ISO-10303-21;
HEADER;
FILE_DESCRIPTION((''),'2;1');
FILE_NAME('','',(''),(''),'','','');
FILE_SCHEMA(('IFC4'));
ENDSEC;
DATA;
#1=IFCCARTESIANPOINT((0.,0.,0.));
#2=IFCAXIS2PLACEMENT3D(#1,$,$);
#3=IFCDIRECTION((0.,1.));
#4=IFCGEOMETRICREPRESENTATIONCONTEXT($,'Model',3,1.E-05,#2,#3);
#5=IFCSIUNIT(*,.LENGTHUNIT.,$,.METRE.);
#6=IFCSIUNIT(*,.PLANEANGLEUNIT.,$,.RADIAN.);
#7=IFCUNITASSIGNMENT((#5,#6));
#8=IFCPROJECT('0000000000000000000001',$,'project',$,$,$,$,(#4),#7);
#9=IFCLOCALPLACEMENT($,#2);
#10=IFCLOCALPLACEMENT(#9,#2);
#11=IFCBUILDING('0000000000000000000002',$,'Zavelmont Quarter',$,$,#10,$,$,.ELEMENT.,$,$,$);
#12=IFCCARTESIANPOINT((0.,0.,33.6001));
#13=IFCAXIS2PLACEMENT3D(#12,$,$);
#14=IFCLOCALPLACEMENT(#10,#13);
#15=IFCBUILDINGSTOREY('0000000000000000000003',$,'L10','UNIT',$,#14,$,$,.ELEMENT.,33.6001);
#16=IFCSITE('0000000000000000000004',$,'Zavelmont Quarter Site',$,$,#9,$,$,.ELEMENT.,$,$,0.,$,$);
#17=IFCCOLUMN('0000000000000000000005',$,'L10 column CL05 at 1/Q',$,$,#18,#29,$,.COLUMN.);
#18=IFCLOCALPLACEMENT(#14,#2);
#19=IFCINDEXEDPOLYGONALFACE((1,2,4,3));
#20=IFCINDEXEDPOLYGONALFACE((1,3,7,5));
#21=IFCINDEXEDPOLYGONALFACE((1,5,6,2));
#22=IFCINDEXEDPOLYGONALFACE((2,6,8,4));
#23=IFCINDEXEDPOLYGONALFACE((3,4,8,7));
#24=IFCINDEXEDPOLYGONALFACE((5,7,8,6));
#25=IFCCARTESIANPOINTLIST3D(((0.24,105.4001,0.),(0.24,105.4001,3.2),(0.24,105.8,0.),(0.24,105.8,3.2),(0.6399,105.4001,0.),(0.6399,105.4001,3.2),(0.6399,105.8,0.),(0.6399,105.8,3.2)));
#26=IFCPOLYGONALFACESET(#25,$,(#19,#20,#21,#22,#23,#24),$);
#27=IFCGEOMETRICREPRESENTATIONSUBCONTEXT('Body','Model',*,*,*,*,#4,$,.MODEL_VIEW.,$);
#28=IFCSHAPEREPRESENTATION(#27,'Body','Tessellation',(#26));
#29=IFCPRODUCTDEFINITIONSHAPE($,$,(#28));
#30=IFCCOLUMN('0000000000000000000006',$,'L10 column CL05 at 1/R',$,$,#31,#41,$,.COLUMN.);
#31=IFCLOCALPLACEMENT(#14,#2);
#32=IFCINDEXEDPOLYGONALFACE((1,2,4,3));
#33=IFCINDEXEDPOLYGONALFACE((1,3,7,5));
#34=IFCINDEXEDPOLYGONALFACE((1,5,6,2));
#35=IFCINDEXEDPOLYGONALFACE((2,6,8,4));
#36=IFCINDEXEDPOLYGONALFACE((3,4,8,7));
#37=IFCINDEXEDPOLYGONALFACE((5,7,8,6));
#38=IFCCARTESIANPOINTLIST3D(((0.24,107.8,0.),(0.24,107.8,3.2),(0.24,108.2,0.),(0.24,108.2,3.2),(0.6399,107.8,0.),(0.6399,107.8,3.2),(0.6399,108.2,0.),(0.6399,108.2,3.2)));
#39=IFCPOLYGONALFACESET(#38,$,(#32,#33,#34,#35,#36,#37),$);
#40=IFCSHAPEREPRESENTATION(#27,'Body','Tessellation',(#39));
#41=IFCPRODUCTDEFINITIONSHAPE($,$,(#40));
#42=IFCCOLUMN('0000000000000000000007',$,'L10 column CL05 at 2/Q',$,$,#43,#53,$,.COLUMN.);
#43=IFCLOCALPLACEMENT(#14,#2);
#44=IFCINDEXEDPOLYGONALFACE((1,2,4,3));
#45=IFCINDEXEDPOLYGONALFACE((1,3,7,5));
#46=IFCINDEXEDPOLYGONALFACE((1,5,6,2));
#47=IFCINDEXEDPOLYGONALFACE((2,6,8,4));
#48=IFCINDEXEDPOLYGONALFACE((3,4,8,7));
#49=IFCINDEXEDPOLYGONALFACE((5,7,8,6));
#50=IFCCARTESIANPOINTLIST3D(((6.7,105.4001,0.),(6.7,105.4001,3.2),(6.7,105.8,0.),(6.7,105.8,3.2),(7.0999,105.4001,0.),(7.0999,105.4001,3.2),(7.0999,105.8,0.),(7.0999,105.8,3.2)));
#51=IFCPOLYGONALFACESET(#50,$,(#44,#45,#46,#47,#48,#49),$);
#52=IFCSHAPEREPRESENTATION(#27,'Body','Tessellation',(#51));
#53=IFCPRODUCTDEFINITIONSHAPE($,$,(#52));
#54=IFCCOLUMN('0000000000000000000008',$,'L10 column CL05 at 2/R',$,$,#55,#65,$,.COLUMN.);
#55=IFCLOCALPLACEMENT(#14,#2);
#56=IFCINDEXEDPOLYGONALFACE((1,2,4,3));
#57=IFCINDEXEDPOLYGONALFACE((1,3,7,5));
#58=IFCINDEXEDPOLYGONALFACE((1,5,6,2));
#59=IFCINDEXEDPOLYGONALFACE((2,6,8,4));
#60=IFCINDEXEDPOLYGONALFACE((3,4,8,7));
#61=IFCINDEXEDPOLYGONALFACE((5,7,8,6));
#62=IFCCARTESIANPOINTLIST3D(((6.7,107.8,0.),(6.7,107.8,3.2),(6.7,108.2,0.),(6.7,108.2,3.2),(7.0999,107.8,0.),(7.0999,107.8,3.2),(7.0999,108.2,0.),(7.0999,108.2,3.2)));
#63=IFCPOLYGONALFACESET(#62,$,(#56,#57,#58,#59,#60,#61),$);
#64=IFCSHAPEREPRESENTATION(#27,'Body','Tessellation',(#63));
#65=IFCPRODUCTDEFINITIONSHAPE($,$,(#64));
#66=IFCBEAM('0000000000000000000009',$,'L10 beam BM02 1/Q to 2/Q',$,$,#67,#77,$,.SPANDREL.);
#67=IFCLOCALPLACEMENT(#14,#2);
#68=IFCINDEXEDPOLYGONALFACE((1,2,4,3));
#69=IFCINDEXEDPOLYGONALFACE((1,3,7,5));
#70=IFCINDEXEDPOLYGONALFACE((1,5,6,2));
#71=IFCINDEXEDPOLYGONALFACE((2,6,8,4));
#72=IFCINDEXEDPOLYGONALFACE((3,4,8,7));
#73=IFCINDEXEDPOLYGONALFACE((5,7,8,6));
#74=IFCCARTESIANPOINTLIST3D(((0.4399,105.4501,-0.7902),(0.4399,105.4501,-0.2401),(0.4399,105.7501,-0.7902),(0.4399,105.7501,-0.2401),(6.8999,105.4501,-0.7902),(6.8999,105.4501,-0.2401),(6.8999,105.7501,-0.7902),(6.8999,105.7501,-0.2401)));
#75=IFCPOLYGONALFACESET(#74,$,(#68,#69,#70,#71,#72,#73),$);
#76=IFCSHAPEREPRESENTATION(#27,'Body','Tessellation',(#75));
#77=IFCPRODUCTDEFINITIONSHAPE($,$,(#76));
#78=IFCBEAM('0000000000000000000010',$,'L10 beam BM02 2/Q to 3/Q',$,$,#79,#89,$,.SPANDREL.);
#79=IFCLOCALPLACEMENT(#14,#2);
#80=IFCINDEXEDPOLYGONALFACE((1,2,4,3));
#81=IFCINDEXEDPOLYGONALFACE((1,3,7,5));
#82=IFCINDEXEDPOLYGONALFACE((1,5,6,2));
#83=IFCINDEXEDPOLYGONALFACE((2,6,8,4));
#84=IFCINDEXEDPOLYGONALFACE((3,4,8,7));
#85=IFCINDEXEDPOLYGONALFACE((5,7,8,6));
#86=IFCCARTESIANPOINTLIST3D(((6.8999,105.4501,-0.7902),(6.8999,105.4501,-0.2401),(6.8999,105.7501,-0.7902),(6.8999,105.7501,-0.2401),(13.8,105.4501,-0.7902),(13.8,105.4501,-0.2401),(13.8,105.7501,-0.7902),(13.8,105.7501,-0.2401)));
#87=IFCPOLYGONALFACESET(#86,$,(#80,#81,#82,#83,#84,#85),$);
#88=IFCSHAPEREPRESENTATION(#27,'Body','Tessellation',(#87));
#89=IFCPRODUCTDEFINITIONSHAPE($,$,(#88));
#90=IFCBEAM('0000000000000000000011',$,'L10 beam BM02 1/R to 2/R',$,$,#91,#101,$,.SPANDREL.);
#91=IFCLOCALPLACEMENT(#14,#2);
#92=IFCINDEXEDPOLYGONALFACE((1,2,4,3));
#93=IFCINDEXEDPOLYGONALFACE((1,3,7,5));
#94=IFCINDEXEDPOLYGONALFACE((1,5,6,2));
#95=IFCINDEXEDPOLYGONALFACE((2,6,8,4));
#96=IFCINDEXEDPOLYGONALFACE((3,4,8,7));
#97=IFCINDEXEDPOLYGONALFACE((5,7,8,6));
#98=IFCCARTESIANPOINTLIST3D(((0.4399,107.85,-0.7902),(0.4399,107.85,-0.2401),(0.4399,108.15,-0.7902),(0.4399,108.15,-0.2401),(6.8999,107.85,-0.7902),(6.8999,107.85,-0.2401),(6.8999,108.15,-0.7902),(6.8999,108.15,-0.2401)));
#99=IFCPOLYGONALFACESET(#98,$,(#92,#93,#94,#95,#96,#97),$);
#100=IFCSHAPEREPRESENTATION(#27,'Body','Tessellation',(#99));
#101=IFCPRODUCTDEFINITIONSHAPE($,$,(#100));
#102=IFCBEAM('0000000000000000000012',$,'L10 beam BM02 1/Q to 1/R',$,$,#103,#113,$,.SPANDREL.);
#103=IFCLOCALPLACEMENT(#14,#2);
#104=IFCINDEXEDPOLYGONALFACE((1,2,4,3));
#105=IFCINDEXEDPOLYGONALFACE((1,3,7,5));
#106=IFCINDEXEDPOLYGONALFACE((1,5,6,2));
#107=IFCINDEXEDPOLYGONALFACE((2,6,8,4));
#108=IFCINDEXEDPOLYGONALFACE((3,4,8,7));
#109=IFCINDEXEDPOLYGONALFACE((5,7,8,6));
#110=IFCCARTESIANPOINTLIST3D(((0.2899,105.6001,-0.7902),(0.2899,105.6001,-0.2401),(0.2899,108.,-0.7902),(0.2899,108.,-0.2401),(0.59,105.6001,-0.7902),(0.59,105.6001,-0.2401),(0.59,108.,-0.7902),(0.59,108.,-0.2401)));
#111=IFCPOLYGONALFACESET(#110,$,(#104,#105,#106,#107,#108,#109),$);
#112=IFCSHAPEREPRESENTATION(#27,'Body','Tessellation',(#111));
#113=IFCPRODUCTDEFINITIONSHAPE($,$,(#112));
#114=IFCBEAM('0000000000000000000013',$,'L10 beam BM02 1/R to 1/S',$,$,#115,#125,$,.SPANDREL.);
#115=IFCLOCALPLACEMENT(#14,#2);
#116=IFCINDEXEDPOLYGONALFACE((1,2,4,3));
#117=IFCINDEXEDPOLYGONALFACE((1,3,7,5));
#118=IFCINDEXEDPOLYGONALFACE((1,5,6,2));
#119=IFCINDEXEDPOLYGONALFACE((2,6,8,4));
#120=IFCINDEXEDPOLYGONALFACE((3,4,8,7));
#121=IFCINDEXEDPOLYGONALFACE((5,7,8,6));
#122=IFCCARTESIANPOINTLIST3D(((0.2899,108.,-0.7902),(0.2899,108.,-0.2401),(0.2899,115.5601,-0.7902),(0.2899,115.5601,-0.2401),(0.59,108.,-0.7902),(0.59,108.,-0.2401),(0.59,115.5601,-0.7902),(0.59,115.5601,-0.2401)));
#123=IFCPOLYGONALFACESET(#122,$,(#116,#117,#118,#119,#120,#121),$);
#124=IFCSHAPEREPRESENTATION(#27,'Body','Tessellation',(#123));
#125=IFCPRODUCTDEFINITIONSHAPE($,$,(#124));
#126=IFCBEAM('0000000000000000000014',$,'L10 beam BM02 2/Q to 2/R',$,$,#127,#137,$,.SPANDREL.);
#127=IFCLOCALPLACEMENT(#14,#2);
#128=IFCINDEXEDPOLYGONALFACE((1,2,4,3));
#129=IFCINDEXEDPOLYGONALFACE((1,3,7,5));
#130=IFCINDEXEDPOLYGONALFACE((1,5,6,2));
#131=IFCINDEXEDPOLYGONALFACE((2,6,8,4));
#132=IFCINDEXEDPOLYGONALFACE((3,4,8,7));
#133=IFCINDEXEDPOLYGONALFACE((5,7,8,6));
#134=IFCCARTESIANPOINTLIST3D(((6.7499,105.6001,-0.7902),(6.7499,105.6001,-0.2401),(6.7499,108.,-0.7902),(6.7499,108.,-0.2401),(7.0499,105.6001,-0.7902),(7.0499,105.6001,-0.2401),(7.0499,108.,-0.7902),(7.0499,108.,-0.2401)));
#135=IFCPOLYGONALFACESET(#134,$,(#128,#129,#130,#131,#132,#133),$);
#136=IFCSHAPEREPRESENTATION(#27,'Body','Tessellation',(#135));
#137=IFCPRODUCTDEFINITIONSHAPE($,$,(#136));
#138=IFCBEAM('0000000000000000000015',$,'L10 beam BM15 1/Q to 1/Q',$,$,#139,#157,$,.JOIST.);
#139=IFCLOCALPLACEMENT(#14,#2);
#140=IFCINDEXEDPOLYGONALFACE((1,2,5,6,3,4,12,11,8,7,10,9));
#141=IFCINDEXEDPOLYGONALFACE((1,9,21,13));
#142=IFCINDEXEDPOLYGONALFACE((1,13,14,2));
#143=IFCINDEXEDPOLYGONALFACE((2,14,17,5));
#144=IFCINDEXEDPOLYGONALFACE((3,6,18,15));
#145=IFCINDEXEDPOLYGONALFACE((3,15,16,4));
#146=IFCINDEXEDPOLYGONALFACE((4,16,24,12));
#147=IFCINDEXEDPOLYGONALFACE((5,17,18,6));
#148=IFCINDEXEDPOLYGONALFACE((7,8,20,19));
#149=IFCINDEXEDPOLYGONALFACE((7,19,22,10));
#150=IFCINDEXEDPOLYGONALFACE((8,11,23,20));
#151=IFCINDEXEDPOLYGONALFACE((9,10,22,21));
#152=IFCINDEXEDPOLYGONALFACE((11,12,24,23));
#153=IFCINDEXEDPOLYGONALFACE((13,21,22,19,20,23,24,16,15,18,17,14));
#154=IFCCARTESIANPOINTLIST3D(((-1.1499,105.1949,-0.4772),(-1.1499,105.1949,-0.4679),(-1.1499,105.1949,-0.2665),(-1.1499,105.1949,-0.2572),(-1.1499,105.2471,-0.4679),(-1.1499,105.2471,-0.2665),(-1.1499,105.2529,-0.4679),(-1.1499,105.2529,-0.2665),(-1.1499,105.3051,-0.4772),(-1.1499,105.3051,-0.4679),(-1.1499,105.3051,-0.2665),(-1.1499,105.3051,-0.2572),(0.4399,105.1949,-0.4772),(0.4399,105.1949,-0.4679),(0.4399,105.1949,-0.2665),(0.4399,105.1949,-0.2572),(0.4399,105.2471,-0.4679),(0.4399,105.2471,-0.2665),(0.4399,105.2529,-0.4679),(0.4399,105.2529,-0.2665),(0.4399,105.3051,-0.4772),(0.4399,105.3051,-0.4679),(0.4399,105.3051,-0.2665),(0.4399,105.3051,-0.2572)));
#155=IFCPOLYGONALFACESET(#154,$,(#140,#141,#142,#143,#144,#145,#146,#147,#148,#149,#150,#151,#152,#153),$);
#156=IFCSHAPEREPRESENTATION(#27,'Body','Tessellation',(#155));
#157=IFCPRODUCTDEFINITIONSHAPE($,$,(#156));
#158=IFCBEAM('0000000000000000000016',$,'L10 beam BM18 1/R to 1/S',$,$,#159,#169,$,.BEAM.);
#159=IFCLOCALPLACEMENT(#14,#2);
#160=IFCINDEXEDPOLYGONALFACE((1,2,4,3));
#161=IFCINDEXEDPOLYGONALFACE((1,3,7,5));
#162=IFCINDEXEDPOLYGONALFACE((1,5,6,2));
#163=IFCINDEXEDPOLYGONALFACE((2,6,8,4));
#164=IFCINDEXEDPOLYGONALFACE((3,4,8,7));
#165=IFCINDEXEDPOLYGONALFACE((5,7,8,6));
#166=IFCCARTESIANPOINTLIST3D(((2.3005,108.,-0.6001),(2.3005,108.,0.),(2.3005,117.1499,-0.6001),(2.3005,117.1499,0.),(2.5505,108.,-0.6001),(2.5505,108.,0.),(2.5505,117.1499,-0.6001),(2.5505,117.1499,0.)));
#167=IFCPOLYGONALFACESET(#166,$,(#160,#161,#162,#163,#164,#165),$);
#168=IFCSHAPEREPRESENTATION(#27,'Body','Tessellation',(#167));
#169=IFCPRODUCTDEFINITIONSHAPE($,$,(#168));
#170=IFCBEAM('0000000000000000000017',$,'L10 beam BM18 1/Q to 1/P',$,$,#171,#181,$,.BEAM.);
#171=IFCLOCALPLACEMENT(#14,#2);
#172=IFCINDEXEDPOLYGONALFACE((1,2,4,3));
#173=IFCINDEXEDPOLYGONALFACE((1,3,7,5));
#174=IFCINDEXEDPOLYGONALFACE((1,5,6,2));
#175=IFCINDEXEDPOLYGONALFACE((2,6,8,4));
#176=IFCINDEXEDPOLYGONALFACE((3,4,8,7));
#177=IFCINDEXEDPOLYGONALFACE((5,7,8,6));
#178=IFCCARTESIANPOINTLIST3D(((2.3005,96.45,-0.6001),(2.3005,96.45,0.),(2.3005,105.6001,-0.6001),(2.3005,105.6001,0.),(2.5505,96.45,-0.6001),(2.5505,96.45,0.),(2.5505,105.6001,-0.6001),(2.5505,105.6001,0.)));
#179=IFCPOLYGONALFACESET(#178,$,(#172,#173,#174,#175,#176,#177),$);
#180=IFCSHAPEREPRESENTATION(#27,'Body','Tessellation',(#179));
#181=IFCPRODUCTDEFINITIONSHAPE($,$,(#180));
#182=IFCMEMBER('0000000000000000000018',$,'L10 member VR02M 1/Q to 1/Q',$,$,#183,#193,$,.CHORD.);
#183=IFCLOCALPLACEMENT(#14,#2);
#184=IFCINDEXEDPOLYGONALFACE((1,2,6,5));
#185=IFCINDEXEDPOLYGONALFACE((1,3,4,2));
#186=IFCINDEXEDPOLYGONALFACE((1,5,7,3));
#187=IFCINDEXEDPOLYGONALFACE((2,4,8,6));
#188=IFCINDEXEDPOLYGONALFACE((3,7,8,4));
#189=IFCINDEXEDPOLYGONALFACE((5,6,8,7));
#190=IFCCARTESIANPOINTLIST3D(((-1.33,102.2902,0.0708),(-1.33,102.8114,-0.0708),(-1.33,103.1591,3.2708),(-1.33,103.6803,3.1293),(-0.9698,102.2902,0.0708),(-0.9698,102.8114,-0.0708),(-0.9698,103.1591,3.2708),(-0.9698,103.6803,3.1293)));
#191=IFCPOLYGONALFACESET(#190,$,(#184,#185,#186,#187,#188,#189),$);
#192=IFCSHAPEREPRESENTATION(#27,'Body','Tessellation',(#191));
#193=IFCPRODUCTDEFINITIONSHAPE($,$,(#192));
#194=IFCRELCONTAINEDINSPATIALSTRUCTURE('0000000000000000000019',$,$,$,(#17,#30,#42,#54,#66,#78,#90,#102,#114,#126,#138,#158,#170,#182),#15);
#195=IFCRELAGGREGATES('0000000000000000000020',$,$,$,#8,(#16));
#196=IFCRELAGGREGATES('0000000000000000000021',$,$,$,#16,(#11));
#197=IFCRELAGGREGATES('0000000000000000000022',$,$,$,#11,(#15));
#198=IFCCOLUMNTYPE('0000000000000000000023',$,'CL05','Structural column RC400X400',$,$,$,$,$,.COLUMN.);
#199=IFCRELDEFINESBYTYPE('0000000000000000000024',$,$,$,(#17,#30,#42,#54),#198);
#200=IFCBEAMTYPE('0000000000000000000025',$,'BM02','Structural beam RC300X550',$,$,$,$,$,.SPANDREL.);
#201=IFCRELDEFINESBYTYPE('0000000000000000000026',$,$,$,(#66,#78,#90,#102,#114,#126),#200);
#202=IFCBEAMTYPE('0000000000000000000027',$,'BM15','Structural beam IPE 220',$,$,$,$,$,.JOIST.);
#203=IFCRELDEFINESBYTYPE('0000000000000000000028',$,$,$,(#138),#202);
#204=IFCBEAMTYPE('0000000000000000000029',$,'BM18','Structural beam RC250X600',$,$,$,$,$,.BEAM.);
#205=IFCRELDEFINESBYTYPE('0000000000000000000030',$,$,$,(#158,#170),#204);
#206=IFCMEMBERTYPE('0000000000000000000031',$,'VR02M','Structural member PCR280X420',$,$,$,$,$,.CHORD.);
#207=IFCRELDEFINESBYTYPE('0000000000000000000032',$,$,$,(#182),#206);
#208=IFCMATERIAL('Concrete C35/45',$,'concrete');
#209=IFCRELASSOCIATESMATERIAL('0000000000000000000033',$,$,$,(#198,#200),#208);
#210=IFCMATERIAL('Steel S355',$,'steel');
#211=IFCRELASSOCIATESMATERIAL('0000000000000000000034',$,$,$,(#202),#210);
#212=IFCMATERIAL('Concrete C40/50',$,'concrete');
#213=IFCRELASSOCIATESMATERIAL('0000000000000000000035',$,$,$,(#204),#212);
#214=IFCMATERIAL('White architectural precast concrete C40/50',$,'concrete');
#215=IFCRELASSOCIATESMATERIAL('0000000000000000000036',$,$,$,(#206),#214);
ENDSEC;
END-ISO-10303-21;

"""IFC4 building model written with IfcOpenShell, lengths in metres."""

from ifc_helpers import new_model, si_unit, direction, frame, origin, origin_2d, place, context, subcontext, project, spatial, rectangle, i_section, extrude, material, material_profile, profile_set, type_object, element, save


model = new_model("IFC4")

# Units and contexts
model_context = context("Model", 3, precision=1e-05, world=origin(), true_north=direction((0.0, 1.0)))
body_context = subcontext(model_context, "Body", "Model", "MODEL_VIEW")
ifc_project = project(units=[si_unit("LENGTHUNIT", "METRE"), si_unit("PLANEANGLEUNIT", "RADIAN")], contexts=[model_context])

# Site, building, storey
site_placement = place(None, origin())
site = spatial("IfcSite", under=ifc_project, at=site_placement, Name="Zavelmont Quarter Site", CompositionType="ELEMENT", RefElevation=0.0)
building_placement = place(site_placement, origin())
building = spatial("IfcBuilding", under=site, at=building_placement, Name="Zavelmont Quarter", CompositionType="ELEMENT")
storey_placement = place(building_placement, frame((0.0, 0.0, 33.6001)))
storey = spatial("IfcBuildingStorey", under=building, at=storey_placement, Name="L10", Description="UNIT", CompositionType="ELEMENT", Elevation=33.6001)

# Columns
ifc_material_1 = material(Name="Concrete C35/45", Category="concrete")
ifc_material_profile_1 = material_profile(ifc_material_1, rectangle(XDim=0.3999, YDim=0.3999, at=origin_2d()), Name="RC400X400")
ifc_profile_set_1 = profile_set([ifc_material_profile_1], Name="Concrete C35/45")
column_type = type_object("IfcColumnType", Name="CL05", Description="Structural column RC400X400", PredefinedType="COLUMN", material=ifc_profile_set_1)
for number, where, z_axis, x_axis, name in (
    (1, (0.4399, 105.6001, 0.0), (0.0, 0.0, 1.0), (1.0, 0.0, 0.0), "L10 column CL05 at 1/Q"),
    (2, (0.4399, 108.0, 0.0), (0.0, 0.0, 1.0), (1.0, 0.0, 0.0), "L10 column CL05 at 1/R"),
    (3, (6.8999, 105.6001, 0.0), (0.0, 0.0, 1.0), (1.0, 0.0, 0.0), "L10 column CL05 at 2/Q"),
    (4, (6.8999, 108.0, 0.0), (0.0, 0.0, 1.0), (1.0, 0.0, 0.0), "L10 column CL05 at 2/R"),
):
    element("IfcColumn", number, at=place(storey_placement, frame(where, z_axis=z_axis, x_axis=x_axis)), inside=storey, type_object=column_type, Name=name, PredefinedType="COLUMN", context=body_context, shape_type="SweptSolid", body=[
        extrude(rectangle(XDim=0.3999, YDim=0.3999, at=origin_2d()), origin(), (0.0, 0.0, 1.0), 3.2),
    ])

# Beams
ifc_material_profile_2 = material_profile(ifc_material_1, rectangle(XDim=0.3, YDim=0.55, at=origin_2d()), Name="RC300X550")
ifc_profile_set_2 = profile_set([ifc_material_profile_2], Name="Concrete C35/45")
beam_type_1 = type_object("IfcBeamType", Name="BM02", Description="Structural beam RC300X550", PredefinedType="SPANDREL", material=ifc_profile_set_2)
beam_1_placement = place(storey_placement, frame((0.4399, 105.6001, -0.5151), z_axis=(1.0, 0.0, 0.0), x_axis=(0.0, 1.0, 0.0)))
element("IfcBeam", 5, at=beam_1_placement, inside=storey, type_object=beam_type_1, Name="L10 beam BM02 1/Q to 2/Q", PredefinedType="SPANDREL", context=body_context, shape_type="SweptSolid", body=[
    extrude(rectangle(XDim=0.3, YDim=0.55, at=origin_2d()), origin(), (0.0, 0.0, 1.0), 6.46),
])
beam_2_placement = place(storey_placement, frame((6.8999, 105.6001, -0.5151), z_axis=(1.0, 0.0, 0.0), x_axis=(0.0, 1.0, 0.0)))
element("IfcBeam", 6, at=beam_2_placement, inside=storey, type_object=beam_type_1, Name="L10 beam BM02 2/Q to 3/Q", PredefinedType="SPANDREL", context=body_context, shape_type="SweptSolid", body=[
    extrude(rectangle(XDim=0.3, YDim=0.55, at=origin_2d()), origin(), (0.0, 0.0, 1.0), 6.9001),
])
beam_3_placement = place(storey_placement, frame((0.4399, 108.0, -0.5151), z_axis=(1.0, 0.0, 0.0), x_axis=(0.0, 1.0, 0.0)))
element("IfcBeam", 7, at=beam_3_placement, inside=storey, type_object=beam_type_1, Name="L10 beam BM02 1/R to 2/R", PredefinedType="SPANDREL", context=body_context, shape_type="SweptSolid", body=[
    extrude(rectangle(XDim=0.3, YDim=0.55, at=origin_2d()), origin(), (0.0, 0.0, 1.0), 6.46),
])
beam_4_placement = place(storey_placement, frame((0.4399, 105.6001, -0.5151), z_axis=(0.0, 1.0, 0.0), x_axis=(-1.0, 0.0, 0.0)))
element("IfcBeam", 8, at=beam_4_placement, inside=storey, type_object=beam_type_1, Name="L10 beam BM02 1/Q to 1/R", PredefinedType="SPANDREL", context=body_context, shape_type="SweptSolid", body=[
    extrude(rectangle(XDim=0.3, YDim=0.55, at=origin_2d()), origin(), (0.0, 0.0, 1.0), 2.3999),
])
beam_5_placement = place(storey_placement, frame((0.4399, 108.0, -0.5151), z_axis=(0.0, 1.0, 0.0), x_axis=(-1.0, 0.0, 0.0)))
element("IfcBeam", 9, at=beam_5_placement, inside=storey, type_object=beam_type_1, Name="L10 beam BM02 1/R to 1/S", PredefinedType="SPANDREL", context=body_context, shape_type="SweptSolid", body=[
    extrude(rectangle(XDim=0.3, YDim=0.55, at=origin_2d()), origin(), (0.0, 0.0, 1.0), 7.5601),
])
beam_6_placement = place(storey_placement, frame((6.8999, 105.6001, -0.5151), z_axis=(0.0, 1.0, 0.0), x_axis=(-1.0, 0.0, 0.0)))
element("IfcBeam", 10, at=beam_6_placement, inside=storey, type_object=beam_type_1, Name="L10 beam BM02 2/Q to 2/R", PredefinedType="SPANDREL", context=body_context, shape_type="SweptSolid", body=[
    extrude(rectangle(XDim=0.3, YDim=0.55, at=origin_2d()), origin(), (0.0, 0.0, 1.0), 2.3999),
])
ifc_material_2 = material(Name="Steel S355", Category="steel")
ifc_material_profile_3 = material_profile(ifc_material_2, i_section(OverallWidth=0.1101, OverallDepth=0.22, WebThickness=0.0059, FlangeThickness=0.0093, at=origin_2d()), Name="IPE 220")
ifc_profile_set_3 = profile_set([ifc_material_profile_3], Name="Steel S355")
beam_type_2 = type_object("IfcBeamType", Name="BM15", Description="Structural beam IPE 220", PredefinedType="JOIST", material=ifc_profile_set_3)
beam_7_placement = place(storey_placement, frame((0.4399, 105.25, -0.3672), z_axis=(-1.0, 0.0, 0.0), x_axis=(0.0, -1.0, 0.0)))
element("IfcBeam", 11, at=beam_7_placement, inside=storey, type_object=beam_type_2, Name="L10 beam BM15 1/Q to 1/Q", PredefinedType="JOIST", context=body_context, shape_type="SweptSolid", body=[
    extrude(i_section(OverallWidth=0.1101, OverallDepth=0.22, WebThickness=0.0059, FlangeThickness=0.0093, at=origin_2d()), origin(), (0.0, 0.0, 1.0), 1.5898),
])
ifc_material_3 = material(Name="Concrete C40/50", Category="concrete")
ifc_material_profile_4 = material_profile(ifc_material_3, rectangle(XDim=0.25, YDim=0.6001, at=origin_2d()), Name="RC250X600")
ifc_profile_set_4 = profile_set([ifc_material_profile_4], Name="Concrete C40/50")
beam_type_3 = type_object("IfcBeamType", Name="BM18", Description="Structural beam RC250X600", PredefinedType="BEAM", material=ifc_profile_set_4)
beam_8_placement = place(storey_placement, frame((2.4255, 108.0, -0.3), z_axis=(0.0, 1.0, 0.0), x_axis=(-1.0, 0.0, 0.0)))
element("IfcBeam", 12, at=beam_8_placement, inside=storey, type_object=beam_type_3, Name="L10 beam BM18 1/R to 1/S", PredefinedType="BEAM", context=body_context, shape_type="SweptSolid", body=[
    extrude(rectangle(XDim=0.25, YDim=0.6001, at=origin_2d()), origin(), (0.0, 0.0, 1.0), 9.1499),
])
beam_9_placement = place(storey_placement, frame((2.4255, 105.6001, -0.3), z_axis=(0.0, -1.0, 0.0), x_axis=(1.0, 0.0, 0.0)))
element("IfcBeam", 13, at=beam_9_placement, inside=storey, type_object=beam_type_3, Name="L10 beam BM18 1/Q to 1/P", PredefinedType="BEAM", context=body_context, shape_type="SweptSolid", body=[
    extrude(rectangle(XDim=0.25, YDim=0.6001, at=origin_2d()), origin(), (0.0, 0.0, 1.0), 9.1501),
])

# Member
ifc_material_4 = material(Name="White architectural precast concrete C40/50", Category="concrete")
ifc_material_profile_5 = material_profile(ifc_material_4, rectangle(XDim=0.3601, YDim=0.54, at=origin_2d()), Name="PCR280X420")
ifc_profile_set_5 = profile_set([ifc_material_profile_5], Name="White architectural precast concrete C40/50")
member_type = type_object("IfcMemberType", Name="VR02M", Description="Structural member PCR280X420", PredefinedType="CHORD", material=ifc_profile_set_5)
member_placement = place(storey_placement, frame((-1.1499, 102.5508, 0.0), z_axis=(0.0, 0.262046, 0.965055), x_axis=(-1.0, 0.0, 0.0)))
element("IfcMember", 14, at=member_placement, inside=storey, type_object=member_type, Name="L10 member VR02M 1/Q to 1/Q", PredefinedType="CHORD", context=body_context, shape_type="SweptSolid", body=[
    extrude(rectangle(XDim=0.3601, YDim=0.54, at=origin_2d()), origin(), (0.0, 0.0, 1.0), 3.3159),
])

save(model, "model.ifc")
